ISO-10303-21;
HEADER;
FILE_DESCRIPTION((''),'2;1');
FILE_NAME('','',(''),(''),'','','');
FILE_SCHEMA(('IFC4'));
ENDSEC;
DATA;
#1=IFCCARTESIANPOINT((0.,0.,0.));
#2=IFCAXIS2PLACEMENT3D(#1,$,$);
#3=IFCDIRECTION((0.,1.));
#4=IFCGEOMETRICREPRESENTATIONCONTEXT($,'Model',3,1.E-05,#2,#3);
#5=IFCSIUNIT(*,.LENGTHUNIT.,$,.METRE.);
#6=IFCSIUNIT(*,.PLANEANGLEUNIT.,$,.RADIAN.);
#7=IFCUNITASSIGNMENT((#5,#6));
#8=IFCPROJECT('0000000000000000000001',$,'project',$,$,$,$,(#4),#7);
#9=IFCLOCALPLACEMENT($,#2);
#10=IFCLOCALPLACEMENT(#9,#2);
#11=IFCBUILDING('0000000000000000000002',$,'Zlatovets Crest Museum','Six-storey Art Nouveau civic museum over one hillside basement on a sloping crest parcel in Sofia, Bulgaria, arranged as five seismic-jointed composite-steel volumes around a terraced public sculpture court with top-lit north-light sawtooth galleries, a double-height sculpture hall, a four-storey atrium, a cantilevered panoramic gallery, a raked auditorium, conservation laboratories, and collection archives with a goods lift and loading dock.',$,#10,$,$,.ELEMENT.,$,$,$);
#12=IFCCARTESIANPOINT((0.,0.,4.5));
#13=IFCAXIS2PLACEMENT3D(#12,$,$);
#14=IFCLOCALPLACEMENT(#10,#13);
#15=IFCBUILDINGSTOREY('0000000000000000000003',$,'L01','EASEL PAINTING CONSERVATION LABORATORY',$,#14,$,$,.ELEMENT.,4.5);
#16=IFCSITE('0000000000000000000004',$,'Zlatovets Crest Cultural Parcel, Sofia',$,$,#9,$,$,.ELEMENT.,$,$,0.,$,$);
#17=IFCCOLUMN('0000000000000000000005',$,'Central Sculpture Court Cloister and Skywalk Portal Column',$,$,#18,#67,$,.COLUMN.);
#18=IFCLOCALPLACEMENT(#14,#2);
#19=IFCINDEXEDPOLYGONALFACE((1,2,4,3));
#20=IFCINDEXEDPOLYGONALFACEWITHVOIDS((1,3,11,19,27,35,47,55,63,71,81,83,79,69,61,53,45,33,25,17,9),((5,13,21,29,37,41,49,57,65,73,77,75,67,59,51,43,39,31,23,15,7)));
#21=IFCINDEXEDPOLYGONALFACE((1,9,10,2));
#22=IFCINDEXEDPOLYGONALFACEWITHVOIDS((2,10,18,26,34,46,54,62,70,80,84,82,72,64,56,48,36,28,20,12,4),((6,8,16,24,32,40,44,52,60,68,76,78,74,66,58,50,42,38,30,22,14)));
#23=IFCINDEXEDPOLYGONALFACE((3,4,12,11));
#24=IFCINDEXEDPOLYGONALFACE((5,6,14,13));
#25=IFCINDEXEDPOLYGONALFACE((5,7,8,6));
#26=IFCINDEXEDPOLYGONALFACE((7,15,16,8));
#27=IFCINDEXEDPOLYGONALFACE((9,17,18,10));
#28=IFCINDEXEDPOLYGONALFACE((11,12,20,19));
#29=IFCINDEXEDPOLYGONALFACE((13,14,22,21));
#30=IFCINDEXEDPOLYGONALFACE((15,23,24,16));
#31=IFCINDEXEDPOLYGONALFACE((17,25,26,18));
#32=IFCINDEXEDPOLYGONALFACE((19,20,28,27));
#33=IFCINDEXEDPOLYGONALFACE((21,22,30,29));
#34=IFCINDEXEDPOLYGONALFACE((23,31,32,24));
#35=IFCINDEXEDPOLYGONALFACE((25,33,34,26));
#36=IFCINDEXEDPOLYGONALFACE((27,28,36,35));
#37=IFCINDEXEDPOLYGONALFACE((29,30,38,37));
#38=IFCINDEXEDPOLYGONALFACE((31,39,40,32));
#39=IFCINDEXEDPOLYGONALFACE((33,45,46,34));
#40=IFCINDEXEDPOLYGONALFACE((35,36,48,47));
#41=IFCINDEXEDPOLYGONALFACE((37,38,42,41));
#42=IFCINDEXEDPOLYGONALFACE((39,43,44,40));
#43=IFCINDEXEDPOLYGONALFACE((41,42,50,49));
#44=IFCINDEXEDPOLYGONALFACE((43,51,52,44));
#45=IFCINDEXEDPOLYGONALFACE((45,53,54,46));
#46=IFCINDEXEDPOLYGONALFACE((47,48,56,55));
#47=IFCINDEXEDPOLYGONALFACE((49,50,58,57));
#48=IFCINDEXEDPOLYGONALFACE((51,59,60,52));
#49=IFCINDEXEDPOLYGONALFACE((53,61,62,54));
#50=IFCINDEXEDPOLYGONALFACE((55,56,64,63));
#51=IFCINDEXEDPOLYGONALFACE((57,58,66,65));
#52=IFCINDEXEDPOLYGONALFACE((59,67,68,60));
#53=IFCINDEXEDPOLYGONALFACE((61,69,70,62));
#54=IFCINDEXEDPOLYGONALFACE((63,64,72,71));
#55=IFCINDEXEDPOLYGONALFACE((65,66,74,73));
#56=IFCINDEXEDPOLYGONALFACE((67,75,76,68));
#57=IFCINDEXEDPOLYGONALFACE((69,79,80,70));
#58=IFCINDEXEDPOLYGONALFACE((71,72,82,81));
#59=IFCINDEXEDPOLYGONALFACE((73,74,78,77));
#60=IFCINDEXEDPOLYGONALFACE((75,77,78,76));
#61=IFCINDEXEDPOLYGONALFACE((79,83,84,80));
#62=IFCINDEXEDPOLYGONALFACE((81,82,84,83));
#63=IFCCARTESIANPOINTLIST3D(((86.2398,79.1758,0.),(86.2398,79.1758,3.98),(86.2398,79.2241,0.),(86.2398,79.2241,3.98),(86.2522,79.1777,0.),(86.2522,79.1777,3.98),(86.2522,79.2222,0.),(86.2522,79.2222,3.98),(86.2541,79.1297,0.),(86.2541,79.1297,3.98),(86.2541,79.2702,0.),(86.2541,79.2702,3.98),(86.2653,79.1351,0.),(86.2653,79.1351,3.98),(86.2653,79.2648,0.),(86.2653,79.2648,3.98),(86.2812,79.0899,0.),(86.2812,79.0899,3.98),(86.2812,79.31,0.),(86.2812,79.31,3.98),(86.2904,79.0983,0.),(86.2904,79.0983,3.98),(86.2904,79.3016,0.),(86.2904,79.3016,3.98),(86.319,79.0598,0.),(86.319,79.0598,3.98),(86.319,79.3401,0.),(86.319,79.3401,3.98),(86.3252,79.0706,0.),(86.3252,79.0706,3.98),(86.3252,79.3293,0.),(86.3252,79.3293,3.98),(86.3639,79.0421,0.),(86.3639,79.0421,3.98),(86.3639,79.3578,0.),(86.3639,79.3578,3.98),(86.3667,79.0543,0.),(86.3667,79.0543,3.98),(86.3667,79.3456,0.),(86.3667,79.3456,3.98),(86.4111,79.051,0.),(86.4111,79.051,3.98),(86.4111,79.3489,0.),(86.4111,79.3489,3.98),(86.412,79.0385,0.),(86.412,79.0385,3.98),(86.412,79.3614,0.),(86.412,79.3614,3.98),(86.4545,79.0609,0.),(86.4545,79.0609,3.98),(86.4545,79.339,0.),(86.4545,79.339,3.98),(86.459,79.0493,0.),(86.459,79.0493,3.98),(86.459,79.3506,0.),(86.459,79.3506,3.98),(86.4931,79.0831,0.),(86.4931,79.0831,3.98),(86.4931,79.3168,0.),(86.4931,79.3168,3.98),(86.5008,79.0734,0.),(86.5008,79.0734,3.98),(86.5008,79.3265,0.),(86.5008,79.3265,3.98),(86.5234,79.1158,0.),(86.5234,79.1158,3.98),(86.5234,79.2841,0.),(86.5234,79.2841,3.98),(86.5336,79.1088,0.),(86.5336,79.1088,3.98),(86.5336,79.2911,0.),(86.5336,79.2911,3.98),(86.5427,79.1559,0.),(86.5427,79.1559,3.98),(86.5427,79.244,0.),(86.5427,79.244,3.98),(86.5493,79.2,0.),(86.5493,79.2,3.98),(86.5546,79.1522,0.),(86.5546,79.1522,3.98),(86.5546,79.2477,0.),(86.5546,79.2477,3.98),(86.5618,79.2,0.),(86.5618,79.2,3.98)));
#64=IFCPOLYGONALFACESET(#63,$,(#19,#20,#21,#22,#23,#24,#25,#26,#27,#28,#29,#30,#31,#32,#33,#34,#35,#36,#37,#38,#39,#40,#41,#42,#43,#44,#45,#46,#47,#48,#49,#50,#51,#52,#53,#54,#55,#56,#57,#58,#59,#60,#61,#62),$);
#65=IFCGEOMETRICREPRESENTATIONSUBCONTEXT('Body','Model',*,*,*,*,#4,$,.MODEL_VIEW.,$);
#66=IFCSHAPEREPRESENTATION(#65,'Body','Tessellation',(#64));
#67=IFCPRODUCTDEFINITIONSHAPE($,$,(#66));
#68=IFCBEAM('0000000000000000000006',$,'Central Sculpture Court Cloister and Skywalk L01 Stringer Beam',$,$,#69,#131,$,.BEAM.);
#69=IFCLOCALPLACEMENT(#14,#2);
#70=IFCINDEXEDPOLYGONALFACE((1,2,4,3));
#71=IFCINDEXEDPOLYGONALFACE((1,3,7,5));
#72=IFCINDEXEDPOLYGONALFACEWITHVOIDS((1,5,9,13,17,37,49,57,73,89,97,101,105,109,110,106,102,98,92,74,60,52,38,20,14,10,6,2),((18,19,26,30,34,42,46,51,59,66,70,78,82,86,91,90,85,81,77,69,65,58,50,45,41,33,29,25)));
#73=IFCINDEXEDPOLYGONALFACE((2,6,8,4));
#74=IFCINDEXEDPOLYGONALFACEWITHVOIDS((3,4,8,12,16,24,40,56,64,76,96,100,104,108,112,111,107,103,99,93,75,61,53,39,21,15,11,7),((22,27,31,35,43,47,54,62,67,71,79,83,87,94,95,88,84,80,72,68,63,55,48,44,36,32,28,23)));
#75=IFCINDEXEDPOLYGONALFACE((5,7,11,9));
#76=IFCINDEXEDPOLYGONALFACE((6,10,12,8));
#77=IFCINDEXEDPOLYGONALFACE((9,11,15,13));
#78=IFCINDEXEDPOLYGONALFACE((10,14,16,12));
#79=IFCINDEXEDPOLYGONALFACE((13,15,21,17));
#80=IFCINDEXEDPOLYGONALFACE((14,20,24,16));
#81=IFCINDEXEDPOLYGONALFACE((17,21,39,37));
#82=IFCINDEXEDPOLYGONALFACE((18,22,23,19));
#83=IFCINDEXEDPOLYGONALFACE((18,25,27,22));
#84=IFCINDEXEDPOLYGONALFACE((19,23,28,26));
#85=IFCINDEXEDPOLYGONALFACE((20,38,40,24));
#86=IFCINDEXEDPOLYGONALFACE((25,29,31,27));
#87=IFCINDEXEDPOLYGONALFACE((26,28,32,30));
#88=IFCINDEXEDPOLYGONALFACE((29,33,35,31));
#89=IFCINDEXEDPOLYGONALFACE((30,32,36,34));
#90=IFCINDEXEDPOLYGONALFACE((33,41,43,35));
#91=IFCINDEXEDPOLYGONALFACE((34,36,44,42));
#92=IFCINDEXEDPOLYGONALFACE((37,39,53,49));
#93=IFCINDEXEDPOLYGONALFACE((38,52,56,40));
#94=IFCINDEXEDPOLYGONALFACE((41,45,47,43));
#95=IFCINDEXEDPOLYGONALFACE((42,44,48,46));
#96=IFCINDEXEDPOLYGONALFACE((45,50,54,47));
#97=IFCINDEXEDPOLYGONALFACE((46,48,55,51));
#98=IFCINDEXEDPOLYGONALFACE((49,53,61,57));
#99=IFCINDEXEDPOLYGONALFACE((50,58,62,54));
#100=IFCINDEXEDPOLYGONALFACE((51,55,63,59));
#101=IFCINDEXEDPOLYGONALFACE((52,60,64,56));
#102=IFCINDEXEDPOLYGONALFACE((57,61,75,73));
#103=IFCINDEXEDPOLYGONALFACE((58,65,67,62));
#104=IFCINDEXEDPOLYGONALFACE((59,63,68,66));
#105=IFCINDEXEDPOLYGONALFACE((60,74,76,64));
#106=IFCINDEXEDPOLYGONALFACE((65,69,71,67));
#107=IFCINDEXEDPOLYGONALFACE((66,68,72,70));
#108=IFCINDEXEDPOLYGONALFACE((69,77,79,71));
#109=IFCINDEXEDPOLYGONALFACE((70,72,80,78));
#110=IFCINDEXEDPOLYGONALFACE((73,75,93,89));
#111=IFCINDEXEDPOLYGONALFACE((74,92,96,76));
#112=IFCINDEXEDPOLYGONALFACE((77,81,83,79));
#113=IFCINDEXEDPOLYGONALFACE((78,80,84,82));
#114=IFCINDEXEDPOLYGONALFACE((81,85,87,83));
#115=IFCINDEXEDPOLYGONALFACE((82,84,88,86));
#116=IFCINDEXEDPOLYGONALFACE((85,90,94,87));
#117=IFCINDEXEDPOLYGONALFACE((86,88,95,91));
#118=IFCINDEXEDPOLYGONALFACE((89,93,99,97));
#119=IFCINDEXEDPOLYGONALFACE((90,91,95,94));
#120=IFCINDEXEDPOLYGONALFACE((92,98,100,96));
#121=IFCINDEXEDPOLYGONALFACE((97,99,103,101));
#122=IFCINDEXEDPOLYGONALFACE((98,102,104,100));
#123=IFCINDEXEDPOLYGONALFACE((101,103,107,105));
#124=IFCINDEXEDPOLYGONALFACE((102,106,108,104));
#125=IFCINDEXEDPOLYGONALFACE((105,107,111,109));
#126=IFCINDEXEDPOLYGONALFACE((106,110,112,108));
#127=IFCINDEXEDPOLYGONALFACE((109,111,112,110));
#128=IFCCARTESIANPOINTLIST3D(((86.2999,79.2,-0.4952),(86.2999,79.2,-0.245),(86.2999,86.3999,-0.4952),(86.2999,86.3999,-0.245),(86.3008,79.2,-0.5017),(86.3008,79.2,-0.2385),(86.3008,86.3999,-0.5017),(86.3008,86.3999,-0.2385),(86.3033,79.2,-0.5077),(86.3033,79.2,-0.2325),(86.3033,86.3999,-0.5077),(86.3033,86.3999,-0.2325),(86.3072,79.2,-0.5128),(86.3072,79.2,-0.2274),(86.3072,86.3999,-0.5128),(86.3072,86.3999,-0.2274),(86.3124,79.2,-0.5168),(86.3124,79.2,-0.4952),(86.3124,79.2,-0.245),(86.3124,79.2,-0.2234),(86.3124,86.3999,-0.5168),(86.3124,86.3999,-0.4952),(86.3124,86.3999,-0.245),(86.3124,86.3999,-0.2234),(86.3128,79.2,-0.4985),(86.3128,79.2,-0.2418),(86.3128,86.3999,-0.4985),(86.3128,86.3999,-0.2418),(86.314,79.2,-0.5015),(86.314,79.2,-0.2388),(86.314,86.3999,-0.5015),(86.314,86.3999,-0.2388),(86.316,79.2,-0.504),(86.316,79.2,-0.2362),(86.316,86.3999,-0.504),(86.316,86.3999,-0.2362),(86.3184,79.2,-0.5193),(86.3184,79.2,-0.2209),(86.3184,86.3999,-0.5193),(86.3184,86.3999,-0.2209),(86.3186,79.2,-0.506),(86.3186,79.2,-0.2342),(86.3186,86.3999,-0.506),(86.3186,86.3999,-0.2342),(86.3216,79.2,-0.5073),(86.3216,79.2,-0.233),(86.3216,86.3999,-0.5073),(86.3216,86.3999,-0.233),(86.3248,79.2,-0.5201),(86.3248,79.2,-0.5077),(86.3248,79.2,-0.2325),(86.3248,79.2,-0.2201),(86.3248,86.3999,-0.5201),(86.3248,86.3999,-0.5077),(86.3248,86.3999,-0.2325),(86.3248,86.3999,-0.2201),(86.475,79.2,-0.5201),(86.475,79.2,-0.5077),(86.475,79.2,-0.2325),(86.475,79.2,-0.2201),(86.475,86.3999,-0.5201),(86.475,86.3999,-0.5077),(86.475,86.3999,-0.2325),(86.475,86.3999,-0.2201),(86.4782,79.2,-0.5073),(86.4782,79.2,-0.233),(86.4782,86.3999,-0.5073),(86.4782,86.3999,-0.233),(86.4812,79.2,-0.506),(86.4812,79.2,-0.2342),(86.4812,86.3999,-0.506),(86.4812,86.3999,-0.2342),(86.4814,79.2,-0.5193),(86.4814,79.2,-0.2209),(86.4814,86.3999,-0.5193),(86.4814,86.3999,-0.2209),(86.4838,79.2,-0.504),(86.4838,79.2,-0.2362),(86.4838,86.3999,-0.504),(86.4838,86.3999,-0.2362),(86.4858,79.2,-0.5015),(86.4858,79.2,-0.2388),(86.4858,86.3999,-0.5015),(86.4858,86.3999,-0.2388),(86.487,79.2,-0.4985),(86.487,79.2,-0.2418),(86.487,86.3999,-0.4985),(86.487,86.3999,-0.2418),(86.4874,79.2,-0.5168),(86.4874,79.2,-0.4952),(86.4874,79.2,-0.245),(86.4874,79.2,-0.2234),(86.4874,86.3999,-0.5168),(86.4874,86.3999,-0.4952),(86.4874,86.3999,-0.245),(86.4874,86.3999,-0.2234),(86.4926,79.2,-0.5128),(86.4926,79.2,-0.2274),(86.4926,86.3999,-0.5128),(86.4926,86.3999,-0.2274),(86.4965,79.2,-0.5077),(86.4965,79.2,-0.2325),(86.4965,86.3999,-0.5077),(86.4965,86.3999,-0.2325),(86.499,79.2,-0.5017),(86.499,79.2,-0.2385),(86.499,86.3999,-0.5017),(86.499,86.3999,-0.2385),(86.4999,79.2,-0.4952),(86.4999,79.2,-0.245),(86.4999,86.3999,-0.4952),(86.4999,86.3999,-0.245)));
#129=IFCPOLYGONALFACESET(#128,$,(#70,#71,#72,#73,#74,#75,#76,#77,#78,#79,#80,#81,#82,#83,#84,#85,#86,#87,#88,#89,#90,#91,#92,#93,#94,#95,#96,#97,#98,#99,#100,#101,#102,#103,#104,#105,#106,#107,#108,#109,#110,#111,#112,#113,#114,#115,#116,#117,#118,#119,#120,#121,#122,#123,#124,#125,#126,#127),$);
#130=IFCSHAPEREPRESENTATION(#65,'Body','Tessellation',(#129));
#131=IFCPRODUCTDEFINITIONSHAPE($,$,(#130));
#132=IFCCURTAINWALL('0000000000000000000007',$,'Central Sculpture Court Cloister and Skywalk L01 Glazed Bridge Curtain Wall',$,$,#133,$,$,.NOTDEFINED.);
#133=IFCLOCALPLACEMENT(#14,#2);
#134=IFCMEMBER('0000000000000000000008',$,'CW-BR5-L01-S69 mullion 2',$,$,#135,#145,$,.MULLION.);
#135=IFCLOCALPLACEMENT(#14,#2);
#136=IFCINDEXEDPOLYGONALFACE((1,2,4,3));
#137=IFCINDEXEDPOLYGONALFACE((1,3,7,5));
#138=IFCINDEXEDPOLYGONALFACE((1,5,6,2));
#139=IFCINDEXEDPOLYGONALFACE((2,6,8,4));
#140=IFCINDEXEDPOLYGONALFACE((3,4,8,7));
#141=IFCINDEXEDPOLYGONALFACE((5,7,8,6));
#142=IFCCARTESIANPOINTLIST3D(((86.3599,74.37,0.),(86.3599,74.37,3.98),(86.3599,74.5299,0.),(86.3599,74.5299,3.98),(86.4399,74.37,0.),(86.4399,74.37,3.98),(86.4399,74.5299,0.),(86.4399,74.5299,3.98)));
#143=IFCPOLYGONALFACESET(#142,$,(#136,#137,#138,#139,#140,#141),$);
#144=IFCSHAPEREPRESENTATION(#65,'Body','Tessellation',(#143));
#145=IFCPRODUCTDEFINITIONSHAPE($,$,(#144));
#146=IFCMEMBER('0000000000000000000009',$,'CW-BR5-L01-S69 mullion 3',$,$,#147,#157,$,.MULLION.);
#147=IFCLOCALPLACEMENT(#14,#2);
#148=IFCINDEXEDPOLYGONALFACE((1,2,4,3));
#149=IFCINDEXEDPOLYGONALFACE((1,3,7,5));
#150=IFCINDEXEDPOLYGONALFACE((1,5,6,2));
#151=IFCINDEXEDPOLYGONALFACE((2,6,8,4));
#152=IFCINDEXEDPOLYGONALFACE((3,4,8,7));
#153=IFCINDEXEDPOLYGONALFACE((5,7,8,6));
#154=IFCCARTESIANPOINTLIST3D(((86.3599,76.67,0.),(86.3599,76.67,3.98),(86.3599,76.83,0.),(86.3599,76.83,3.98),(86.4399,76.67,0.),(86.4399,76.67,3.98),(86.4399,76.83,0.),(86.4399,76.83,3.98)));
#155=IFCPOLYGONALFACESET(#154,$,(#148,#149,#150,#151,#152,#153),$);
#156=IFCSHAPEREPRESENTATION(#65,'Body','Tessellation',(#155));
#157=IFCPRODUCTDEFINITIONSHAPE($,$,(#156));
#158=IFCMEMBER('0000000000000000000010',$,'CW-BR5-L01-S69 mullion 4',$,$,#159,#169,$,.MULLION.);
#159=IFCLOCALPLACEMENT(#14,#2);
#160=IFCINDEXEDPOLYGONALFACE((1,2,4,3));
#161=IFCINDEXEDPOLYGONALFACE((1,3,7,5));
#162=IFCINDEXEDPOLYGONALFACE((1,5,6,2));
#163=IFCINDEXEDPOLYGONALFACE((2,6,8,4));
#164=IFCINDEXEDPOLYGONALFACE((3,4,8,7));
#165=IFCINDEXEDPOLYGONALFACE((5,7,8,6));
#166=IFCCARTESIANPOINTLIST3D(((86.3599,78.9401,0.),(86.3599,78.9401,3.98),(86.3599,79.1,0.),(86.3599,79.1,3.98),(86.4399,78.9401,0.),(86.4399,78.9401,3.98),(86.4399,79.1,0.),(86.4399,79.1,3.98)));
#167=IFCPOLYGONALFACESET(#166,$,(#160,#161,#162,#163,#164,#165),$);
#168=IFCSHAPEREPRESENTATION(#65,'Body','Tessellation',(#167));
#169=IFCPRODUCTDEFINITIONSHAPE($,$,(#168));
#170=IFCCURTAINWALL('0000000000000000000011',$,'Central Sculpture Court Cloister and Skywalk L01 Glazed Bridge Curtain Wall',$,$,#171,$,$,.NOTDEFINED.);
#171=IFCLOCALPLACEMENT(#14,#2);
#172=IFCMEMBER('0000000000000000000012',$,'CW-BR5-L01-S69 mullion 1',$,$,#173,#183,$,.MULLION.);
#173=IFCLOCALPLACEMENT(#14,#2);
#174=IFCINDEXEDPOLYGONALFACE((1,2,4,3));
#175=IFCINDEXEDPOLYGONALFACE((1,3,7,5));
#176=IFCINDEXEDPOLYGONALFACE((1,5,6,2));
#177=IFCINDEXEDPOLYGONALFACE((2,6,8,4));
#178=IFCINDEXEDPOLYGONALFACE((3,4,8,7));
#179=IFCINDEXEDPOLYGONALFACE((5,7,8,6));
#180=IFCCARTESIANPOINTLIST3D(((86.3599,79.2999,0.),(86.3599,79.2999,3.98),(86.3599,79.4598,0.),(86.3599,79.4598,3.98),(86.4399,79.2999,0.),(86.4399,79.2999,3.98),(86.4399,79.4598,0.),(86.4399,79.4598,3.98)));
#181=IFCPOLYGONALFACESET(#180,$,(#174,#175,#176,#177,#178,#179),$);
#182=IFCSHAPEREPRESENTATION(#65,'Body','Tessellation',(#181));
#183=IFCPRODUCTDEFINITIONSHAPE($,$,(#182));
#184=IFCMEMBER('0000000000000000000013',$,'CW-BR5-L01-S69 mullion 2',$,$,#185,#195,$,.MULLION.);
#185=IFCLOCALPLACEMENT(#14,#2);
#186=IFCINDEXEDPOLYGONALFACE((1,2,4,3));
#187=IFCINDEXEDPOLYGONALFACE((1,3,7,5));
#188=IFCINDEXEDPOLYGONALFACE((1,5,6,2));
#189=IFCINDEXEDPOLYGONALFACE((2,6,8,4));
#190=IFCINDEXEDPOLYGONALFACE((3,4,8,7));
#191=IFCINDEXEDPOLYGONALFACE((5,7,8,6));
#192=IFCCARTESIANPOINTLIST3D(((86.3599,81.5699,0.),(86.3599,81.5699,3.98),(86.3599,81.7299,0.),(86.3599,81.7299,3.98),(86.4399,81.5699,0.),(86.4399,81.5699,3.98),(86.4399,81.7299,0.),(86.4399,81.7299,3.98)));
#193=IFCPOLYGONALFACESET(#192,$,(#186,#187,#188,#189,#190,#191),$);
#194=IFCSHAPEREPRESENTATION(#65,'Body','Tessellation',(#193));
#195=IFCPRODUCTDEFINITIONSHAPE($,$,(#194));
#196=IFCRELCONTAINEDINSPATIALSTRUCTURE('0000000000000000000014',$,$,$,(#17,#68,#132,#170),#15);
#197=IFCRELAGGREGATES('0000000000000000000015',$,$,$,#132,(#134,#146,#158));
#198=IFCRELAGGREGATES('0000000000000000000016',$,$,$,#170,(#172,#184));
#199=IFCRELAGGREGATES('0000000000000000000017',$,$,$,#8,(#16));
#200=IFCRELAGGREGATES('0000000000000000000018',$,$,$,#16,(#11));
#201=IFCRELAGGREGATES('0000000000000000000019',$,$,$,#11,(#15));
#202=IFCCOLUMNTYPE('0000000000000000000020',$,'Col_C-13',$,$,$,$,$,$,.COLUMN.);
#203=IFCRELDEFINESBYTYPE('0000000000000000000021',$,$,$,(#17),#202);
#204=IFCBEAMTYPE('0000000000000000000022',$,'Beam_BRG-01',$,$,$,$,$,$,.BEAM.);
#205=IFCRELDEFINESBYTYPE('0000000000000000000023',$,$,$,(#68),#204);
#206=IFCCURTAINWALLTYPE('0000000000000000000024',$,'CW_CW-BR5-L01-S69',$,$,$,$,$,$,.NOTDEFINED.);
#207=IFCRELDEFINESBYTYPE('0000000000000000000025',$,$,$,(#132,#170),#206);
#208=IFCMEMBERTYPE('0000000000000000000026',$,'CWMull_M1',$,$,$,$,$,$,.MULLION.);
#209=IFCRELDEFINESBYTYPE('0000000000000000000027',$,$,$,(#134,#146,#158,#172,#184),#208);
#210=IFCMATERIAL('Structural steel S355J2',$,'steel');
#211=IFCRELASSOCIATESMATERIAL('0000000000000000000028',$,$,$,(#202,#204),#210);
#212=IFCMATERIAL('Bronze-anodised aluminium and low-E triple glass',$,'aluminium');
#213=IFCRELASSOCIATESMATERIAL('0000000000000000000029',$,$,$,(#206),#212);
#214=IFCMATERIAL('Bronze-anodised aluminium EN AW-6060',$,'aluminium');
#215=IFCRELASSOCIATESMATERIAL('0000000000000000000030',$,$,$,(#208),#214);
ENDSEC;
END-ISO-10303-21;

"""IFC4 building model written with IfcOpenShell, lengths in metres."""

from ifc_helpers import new_model, si_unit, direction, frame, origin, origin_2d, place, context, subcontext, project, spatial, rectangle, hollow_rectangle, hollow_circle, extrude, material, material_profile, profile_set, type_object, element, aggregate, save


model = new_model("IFC4")

# Units and contexts
model_context = context("Model", 3, precision=1e-05, world=origin(), true_north=direction((0.0, 1.0)))
body_context = subcontext(model_context, "Body", "Model", "MODEL_VIEW")
ifc_project = project(units=[si_unit("LENGTHUNIT", "METRE"), si_unit("PLANEANGLEUNIT", "RADIAN")], contexts=[model_context])

# Site, building, storey
site_placement = place(None, origin())
site = spatial("IfcSite", under=ifc_project, at=site_placement, Name="Zlatovets Crest Cultural Parcel, Sofia", CompositionType="ELEMENT", RefElevation=0.0)
building_placement = place(site_placement, origin())
building = spatial("IfcBuilding", under=site, at=building_placement, Name="Zlatovets Crest Museum", Description="Six-storey Art Nouveau civic museum over one hillside basement on a sloping crest parcel in Sofia, Bulgaria, arranged as five seismic-jointed composite-steel volumes around a terraced public sculpture court with top-lit north-light sawtooth galleries, a double-height sculpture hall, a four-storey atrium, a cantilevered panoramic gallery, a raked auditorium, conservation laboratories, and collection archives with a goods lift and loading dock.", CompositionType="ELEMENT")
storey_placement = place(building_placement, frame((0.0, 0.0, 4.5)))
storey = spatial("IfcBuildingStorey", under=building, at=storey_placement, Name="L01", Description="EASEL PAINTING CONSERVATION LABORATORY", CompositionType="ELEMENT", Elevation=4.5)

# Column
ifc_material_1 = material(Name="Structural steel S355J2", Category="steel")
ifc_material_profile_1 = material_profile(ifc_material_1, hollow_circle(Radius=0.1619, WallThickness=0.0125, at=origin_2d()), Name="CHS 323.9x12.5")
ifc_profile_set_1 = profile_set([ifc_material_profile_1], Name="Structural steel S355J2")
column_type = type_object("IfcColumnType", Name="Col_C-13", PredefinedType="COLUMN", material=ifc_profile_set_1)
column_placement = place(storey_placement, frame((86.3999, 79.2, 0.0), z_axis=(0.0, 0.0, 1.0), x_axis=(1.0, 0.0, 0.0)))
element("IfcColumn", 1, at=column_placement, inside=storey, type_object=column_type, Name="Central Sculpture Court Cloister and Skywalk Portal Column", PredefinedType="COLUMN", context=body_context, shape_type="SweptSolid", body=[
    extrude(hollow_circle(Radius=0.1619, WallThickness=0.0125, at=origin_2d()), origin(), (0.0, 0.0, 1.0), 3.98),
])

# Beam
ifc_material_profile_2 = material_profile(ifc_material_1, hollow_rectangle(XDim=0.2, YDim=0.3, WallThickness=0.0125, InnerFilletRadius=0.0125, OuterFilletRadius=0.0249, at=origin_2d()), Name="RHS 200x300x12.5")
ifc_profile_set_2 = profile_set([ifc_material_profile_2], Name="Structural steel S355J2")
beam_type = type_object("IfcBeamType", Name="Beam_BRG-01", PredefinedType="BEAM", material=ifc_profile_set_2)
beam_placement = place(storey_placement, frame((86.3999, 79.2, -0.3701), z_axis=(0.0, 1.0, 0.0), x_axis=(-1.0, 0.0, 0.0)))
element("IfcBeam", 2, at=beam_placement, inside=storey, type_object=beam_type, Name="Central Sculpture Court Cloister and Skywalk L01 Stringer Beam", PredefinedType="BEAM", context=body_context, shape_type="SweptSolid", body=[
    extrude(hollow_rectangle(XDim=0.2, YDim=0.3, WallThickness=0.0125, InnerFilletRadius=0.0125, OuterFilletRadius=0.0249, at=origin_2d()), origin(), (0.0, 0.0, 1.0), 7.2),
])

# Curtain walls, members
ifc_material_2 = material(Name="Bronze-anodised aluminium and low-E triple glass", Category="aluminium")
curtain_wall_type = type_object("IfcCurtainWallType", Name="CW_CW-BR5-L01-S69", PredefinedType="NOTDEFINED", material=ifc_material_2)
curtain_wall_1_placement = place(storey_placement, origin())
curtain_wall_1 = element("IfcCurtainWall", 3, at=curtain_wall_1_placement, inside=storey, type_object=curtain_wall_type, Name="Central Sculpture Court Cloister and Skywalk L01 Glazed Bridge Curtain Wall", PredefinedType="NOTDEFINED")
ifc_material_3 = material(Name="Bronze-anodised aluminium EN AW-6060", Category="aluminium")
ifc_material_profile_3 = material_profile(ifc_material_3, rectangle(XDim=0.0801, YDim=0.1599, at=origin_2d()), Name="ALU 80x160")
ifc_profile_set_3 = profile_set([ifc_material_profile_3], Name="Bronze-anodised aluminium EN AW-6060")
member_type_1 = type_object("IfcMemberType", Name="CWMull_M1", PredefinedType="MULLION", material=ifc_profile_set_3)
member_1_placement = place(storey_placement, frame((86.3999, 74.45, 0.0), z_axis=(0.0, 0.0, 1.0), x_axis=(-1.0, 0.0, 0.0)))
member_1 = element("IfcMember", 4, at=member_1_placement, type_object=member_type_1, Name="CW-BR5-L01-S69 mullion 2", PredefinedType="MULLION", context=body_context, shape_type="SweptSolid", body=[
    extrude(rectangle(XDim=0.0801, YDim=0.1599, at=origin_2d()), origin(), (0.0, 0.0, 1.0), 3.98),
])
member_2_placement = place(storey_placement, frame((86.3999, 76.75, 0.0), z_axis=(0.0, 0.0, 1.0), x_axis=(-1.0, 0.0, 0.0)))
member_2 = element("IfcMember", 5, at=member_2_placement, type_object=member_type_1, Name="CW-BR5-L01-S69 mullion 3", PredefinedType="MULLION", context=body_context, shape_type="SweptSolid", body=[
    extrude(rectangle(XDim=0.0801, YDim=0.1599, at=origin_2d()), origin(), (0.0, 0.0, 1.0), 3.98),
])
member_3_placement = place(storey_placement, frame((86.3999, 79.02, 0.0), z_axis=(0.0, 0.0, 1.0), x_axis=(-1.0, 0.0, 0.0)))
member_3 = element("IfcMember", 6, at=member_3_placement, type_object=member_type_1, Name="CW-BR5-L01-S69 mullion 4", PredefinedType="MULLION", context=body_context, shape_type="SweptSolid", body=[
    extrude(rectangle(XDim=0.0801, YDim=0.1599, at=origin_2d()), origin(), (0.0, 0.0, 1.0), 3.98),
])
curtain_wall_2_placement = place(storey_placement, origin())
curtain_wall_2 = element("IfcCurtainWall", 7, at=curtain_wall_2_placement, inside=storey, type_object=curtain_wall_type, Name="Central Sculpture Court Cloister and Skywalk L01 Glazed Bridge Curtain Wall", PredefinedType="NOTDEFINED")
member_4_placement = place(storey_placement, frame((86.3999, 79.3799, 0.0), z_axis=(0.0, 0.0, 1.0), x_axis=(-1.0, 0.0, 0.0)))
member_4 = element("IfcMember", 8, at=member_4_placement, type_object=member_type_1, Name="CW-BR5-L01-S69 mullion 1", PredefinedType="MULLION", context=body_context, shape_type="SweptSolid", body=[
    extrude(rectangle(XDim=0.0801, YDim=0.1599, at=origin_2d()), origin(), (0.0, 0.0, 1.0), 3.98),
])
member_5_placement = place(storey_placement, frame((86.3999, 81.6499, 0.0), z_axis=(0.0, 0.0, 1.0), x_axis=(-1.0, 0.0, 0.0)))
member_5 = element("IfcMember", 9, at=member_5_placement, type_object=member_type_1, Name="CW-BR5-L01-S69 mullion 2", PredefinedType="MULLION", context=body_context, shape_type="SweptSolid", body=[
    extrude(rectangle(XDim=0.0801, YDim=0.1599, at=origin_2d()), origin(), (0.0, 0.0, 1.0), 3.98),
])

aggregate(curtain_wall_1, [member_1, member_2, member_3])
aggregate(curtain_wall_2, [member_4, member_5])

save(model, "model.ifc")
